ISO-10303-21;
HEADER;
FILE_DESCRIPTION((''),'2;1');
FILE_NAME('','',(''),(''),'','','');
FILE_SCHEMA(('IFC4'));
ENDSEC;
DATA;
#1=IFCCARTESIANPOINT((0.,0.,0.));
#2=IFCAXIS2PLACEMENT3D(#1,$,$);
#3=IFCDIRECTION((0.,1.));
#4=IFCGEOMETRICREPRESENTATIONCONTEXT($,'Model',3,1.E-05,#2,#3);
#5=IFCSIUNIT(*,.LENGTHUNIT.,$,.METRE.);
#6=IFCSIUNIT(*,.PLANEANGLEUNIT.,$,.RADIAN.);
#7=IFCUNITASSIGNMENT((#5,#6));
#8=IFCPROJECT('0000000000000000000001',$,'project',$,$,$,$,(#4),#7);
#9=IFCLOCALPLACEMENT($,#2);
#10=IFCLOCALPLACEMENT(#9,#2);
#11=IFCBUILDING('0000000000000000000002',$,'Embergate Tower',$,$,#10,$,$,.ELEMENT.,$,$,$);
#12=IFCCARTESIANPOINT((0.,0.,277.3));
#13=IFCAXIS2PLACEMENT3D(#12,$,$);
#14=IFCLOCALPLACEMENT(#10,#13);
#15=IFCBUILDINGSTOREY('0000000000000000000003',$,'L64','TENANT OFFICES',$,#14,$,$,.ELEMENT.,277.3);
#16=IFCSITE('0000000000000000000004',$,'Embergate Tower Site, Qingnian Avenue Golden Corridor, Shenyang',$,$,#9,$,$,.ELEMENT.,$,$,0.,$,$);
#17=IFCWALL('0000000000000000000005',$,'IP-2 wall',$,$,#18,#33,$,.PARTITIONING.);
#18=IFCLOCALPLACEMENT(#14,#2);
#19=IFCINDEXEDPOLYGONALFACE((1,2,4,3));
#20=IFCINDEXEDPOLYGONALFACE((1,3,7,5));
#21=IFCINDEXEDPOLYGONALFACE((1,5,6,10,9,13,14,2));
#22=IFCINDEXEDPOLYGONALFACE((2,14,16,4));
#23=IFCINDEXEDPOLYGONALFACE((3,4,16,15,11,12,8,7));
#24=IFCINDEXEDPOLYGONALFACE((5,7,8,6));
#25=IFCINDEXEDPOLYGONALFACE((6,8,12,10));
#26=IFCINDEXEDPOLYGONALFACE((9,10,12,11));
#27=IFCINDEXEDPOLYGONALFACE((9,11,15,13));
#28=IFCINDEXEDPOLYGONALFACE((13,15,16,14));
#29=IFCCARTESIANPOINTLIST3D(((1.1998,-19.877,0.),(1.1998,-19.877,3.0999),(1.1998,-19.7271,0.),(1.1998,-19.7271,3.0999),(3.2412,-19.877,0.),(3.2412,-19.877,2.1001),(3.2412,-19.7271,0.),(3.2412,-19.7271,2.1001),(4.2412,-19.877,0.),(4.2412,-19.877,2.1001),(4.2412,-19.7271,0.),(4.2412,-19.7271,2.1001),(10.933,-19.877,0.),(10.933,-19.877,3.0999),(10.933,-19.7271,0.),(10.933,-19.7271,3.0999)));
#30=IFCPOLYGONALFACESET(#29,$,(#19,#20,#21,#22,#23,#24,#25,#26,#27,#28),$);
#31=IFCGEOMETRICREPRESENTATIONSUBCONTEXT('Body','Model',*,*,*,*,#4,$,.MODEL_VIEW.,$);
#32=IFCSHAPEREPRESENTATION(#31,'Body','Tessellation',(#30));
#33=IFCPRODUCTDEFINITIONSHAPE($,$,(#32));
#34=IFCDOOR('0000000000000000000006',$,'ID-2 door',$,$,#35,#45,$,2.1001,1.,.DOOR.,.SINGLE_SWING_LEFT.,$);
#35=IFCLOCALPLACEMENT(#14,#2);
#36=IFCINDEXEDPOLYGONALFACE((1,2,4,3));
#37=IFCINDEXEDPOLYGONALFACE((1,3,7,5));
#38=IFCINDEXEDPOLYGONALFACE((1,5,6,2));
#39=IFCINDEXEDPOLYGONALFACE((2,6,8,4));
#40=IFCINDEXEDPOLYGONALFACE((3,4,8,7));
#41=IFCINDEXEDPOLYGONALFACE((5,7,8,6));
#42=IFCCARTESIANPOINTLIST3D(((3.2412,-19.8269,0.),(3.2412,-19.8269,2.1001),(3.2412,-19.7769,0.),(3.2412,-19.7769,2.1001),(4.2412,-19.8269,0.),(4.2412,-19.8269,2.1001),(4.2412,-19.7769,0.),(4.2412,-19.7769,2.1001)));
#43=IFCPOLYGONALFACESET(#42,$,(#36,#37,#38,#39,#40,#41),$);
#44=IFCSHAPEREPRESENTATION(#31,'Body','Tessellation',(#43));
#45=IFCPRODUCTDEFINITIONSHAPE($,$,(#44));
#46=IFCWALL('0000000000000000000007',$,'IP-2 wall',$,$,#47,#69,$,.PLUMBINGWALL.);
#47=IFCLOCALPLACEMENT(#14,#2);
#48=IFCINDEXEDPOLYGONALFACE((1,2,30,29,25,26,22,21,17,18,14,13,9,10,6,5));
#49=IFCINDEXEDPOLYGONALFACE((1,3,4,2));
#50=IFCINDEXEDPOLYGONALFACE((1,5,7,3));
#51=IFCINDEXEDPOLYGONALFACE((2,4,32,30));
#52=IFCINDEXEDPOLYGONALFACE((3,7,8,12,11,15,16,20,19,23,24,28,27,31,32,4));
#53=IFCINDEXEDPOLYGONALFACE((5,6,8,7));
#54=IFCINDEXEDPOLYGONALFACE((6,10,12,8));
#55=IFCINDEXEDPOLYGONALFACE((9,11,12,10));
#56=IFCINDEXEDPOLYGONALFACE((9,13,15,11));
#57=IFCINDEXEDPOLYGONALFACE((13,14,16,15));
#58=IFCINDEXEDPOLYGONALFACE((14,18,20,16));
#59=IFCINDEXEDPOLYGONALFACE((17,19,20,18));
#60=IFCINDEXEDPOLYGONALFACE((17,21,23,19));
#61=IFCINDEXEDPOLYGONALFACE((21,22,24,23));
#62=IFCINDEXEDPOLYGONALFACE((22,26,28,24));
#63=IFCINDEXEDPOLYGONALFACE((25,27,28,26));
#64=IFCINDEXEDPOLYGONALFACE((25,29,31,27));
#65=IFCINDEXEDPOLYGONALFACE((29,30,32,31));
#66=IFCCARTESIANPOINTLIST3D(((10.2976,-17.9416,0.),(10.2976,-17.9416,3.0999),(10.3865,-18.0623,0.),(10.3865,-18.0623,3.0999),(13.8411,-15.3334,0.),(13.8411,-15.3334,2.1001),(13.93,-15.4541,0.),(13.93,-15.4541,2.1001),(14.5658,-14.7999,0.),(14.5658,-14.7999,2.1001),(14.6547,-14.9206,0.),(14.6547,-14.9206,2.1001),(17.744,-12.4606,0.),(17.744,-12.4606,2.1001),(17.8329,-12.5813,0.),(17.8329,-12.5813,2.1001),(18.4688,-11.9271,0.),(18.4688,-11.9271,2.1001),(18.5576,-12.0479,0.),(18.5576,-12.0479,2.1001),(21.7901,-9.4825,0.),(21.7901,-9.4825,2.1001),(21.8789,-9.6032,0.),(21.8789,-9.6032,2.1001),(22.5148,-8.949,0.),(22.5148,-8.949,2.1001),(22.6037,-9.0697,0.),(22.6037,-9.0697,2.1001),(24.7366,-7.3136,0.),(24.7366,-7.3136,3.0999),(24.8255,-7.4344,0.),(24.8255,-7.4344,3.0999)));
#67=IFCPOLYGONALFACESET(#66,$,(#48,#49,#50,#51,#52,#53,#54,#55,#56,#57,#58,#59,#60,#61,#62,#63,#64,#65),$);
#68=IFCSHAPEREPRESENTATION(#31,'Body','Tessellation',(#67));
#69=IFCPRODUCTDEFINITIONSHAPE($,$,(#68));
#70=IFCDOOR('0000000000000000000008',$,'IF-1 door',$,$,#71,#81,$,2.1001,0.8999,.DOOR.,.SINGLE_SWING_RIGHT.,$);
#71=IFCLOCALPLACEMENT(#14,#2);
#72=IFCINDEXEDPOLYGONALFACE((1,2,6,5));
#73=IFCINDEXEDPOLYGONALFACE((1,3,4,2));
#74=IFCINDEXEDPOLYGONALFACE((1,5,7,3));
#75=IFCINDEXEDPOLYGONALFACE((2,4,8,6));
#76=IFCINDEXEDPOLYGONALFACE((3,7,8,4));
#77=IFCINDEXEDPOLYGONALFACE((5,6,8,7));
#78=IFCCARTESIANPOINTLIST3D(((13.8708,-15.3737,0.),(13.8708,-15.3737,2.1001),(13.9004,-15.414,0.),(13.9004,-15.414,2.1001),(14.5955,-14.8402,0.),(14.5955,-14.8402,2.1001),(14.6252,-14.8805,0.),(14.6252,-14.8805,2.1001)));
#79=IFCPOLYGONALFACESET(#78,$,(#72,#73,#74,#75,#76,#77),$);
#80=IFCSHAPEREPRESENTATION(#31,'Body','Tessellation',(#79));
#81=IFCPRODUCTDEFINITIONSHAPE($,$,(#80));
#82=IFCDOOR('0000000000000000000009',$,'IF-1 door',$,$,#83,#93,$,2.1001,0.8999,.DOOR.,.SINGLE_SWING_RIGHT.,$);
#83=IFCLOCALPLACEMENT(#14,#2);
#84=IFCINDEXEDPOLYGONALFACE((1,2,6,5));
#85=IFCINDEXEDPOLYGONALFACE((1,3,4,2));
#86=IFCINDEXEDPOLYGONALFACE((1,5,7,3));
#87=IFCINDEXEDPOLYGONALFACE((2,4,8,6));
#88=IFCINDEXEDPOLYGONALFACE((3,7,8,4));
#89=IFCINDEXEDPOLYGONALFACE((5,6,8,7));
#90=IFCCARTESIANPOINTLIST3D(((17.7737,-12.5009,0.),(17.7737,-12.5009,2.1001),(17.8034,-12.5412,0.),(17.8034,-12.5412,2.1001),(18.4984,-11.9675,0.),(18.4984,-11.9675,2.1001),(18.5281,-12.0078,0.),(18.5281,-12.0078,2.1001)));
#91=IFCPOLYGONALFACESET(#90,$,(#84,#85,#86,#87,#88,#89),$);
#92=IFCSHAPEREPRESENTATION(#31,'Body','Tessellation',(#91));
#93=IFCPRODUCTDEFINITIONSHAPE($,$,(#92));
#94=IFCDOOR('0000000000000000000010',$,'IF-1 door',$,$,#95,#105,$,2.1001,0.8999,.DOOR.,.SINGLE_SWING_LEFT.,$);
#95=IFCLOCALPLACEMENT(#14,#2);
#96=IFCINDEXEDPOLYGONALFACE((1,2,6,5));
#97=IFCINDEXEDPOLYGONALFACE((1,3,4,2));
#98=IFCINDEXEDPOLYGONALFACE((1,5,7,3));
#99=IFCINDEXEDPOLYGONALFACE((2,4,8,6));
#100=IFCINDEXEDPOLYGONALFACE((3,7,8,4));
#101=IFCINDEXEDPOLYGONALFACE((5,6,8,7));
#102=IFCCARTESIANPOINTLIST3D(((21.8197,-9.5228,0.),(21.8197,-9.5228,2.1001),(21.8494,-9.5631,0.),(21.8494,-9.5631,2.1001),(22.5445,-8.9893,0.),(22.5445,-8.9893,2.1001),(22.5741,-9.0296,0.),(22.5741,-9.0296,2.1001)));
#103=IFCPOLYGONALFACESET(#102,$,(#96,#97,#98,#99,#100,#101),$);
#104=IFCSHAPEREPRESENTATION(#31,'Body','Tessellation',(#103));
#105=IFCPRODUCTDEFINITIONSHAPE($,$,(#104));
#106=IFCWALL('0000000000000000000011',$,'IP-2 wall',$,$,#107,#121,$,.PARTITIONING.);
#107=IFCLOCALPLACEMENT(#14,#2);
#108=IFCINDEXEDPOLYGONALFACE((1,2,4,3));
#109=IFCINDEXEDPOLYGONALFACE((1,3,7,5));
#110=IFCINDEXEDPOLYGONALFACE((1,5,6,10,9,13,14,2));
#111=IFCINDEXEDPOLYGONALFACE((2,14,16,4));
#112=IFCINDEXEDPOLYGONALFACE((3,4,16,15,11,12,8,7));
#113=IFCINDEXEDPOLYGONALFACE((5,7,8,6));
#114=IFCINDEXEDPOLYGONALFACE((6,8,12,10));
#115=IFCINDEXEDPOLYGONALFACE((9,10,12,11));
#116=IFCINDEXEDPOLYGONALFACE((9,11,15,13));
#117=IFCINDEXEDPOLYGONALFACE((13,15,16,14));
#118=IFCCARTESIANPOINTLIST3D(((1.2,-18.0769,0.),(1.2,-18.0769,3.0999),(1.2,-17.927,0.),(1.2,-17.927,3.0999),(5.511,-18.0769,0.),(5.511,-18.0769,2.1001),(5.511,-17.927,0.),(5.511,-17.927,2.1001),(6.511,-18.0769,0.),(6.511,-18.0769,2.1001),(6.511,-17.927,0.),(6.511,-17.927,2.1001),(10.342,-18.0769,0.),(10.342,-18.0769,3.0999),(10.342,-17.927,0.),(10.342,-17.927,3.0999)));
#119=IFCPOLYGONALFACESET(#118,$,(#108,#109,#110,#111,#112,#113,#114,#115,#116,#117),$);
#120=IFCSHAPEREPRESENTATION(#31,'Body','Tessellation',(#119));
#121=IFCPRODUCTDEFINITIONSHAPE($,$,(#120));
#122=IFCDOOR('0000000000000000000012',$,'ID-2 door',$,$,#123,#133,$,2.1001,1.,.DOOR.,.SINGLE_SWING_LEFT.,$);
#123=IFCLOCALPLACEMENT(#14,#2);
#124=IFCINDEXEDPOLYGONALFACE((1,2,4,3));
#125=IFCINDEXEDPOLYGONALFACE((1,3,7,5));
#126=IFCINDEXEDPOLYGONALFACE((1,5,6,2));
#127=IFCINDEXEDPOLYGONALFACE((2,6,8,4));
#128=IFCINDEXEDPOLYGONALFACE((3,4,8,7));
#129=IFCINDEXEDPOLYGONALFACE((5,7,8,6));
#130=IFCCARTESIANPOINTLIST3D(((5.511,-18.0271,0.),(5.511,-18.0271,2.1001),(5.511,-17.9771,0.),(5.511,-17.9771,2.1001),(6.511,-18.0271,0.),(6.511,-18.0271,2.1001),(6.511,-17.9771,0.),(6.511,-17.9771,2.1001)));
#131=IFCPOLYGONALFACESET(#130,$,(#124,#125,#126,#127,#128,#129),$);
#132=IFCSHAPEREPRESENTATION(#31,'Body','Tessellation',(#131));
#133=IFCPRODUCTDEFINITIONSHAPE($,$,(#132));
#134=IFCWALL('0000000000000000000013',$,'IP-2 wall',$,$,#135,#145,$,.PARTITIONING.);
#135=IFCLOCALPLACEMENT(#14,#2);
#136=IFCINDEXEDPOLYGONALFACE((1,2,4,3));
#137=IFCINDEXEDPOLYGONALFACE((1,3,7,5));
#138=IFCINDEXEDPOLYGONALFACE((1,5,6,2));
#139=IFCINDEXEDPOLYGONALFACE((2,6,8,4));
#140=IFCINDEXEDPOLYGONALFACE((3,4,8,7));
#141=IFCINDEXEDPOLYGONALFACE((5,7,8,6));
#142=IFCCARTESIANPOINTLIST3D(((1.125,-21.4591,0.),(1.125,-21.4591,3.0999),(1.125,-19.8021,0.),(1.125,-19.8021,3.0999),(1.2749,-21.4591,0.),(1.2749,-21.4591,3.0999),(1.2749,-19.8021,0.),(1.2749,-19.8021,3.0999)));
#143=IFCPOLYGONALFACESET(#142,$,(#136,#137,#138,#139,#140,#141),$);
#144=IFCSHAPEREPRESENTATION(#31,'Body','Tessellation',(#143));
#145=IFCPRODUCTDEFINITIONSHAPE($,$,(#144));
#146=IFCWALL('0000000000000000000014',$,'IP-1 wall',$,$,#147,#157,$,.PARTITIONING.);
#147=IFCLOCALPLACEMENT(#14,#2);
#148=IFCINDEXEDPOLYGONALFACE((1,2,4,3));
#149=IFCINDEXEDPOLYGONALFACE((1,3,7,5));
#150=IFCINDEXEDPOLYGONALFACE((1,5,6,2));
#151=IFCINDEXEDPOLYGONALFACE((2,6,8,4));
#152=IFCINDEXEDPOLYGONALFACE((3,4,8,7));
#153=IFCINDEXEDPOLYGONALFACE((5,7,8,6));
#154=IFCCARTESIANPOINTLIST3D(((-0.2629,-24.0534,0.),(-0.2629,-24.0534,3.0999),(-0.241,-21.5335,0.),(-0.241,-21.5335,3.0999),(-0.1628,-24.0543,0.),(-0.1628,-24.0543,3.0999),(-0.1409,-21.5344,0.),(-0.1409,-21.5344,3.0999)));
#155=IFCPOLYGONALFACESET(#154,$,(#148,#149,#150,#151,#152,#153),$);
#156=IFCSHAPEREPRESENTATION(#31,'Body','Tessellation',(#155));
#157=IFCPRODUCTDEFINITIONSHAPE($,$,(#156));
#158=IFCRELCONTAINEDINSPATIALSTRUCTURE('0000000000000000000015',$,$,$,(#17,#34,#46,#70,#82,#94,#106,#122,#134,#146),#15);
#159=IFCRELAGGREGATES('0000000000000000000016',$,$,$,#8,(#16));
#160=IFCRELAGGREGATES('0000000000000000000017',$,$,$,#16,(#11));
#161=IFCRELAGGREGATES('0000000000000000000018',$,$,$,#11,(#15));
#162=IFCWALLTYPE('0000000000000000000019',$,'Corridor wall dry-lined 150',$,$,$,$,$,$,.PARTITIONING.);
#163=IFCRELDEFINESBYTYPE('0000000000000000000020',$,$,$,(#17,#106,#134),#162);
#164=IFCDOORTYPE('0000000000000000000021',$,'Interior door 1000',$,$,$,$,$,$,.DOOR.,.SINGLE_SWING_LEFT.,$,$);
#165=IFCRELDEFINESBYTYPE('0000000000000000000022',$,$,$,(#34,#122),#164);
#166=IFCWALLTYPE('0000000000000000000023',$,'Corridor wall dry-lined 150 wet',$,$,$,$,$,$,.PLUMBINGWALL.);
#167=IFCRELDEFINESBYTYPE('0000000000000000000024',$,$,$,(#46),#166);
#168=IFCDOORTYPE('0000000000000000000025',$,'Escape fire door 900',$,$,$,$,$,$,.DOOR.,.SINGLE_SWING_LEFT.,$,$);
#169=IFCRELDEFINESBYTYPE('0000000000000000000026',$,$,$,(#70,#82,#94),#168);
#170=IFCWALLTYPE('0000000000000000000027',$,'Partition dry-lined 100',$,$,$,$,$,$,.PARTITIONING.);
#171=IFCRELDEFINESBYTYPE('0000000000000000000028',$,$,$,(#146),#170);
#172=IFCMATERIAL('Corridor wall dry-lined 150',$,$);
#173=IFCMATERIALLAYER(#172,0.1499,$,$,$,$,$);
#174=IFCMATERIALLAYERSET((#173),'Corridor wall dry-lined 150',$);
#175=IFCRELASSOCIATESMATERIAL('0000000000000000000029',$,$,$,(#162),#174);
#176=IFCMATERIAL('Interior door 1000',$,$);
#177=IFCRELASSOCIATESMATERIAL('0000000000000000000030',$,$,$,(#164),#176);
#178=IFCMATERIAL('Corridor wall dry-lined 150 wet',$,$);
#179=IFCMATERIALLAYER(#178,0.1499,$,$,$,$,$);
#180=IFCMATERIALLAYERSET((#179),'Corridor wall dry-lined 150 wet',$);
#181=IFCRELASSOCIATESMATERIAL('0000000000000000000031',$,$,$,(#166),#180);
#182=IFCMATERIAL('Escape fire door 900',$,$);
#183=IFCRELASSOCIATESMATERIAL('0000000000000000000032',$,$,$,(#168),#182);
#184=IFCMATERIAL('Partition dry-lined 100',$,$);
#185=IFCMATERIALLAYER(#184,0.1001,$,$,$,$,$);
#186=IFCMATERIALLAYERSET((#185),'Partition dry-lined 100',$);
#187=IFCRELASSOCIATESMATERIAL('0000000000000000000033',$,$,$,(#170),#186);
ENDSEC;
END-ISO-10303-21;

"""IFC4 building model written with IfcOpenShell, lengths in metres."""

from ifc_helpers import new_model, si_unit, direction, frame, frame_2d, origin, place, context, subcontext, project, spatial, rectangle, extrude, source, transform, mapped, material, layer, layer_set, type_object, element, fill, save


model = new_model("IFC4")

# Units and contexts
model_context = context("Model", 3, precision=1e-05, world=origin(), true_north=direction((0.0, 1.0)))
body_context = subcontext(model_context, "Body", "Model", "MODEL_VIEW")
ifc_project = project(units=[si_unit("LENGTHUNIT", "METRE"), si_unit("PLANEANGLEUNIT", "RADIAN")], contexts=[model_context])

# Site, building, storey
site_placement = place(None, origin())
site = spatial("IfcSite", under=ifc_project, at=site_placement, Name="Embergate Tower Site, Qingnian Avenue Golden Corridor, Shenyang", CompositionType="ELEMENT", RefElevation=0.0)
building_placement = place(site_placement, origin())
building = spatial("IfcBuilding", under=site, at=building_placement, Name="Embergate Tower", CompositionType="ELEMENT")
storey_placement = place(building_placement, frame((0.0, 0.0, 277.3)))
storey = spatial("IfcBuildingStorey", under=building, at=storey_placement, Name="L64", Description="TENANT OFFICES", CompositionType="ELEMENT", Elevation=277.3)

# Shared definitions
ifc_material_1 = material(Name="Corridor wall dry-lined 150")
ifc_layer_1 = layer(ifc_material_1, 0.1499)
ifc_layer_set_1 = layer_set([ifc_layer_1], Name="Corridor wall dry-lined 150")
wall_type_1 = type_object("IfcWallType", Name="Corridor wall dry-lined 150", PredefinedType="PARTITIONING", material=ifc_layer_set_1)

# Wall, opening, door
shared_shape_1 = source(origin(), body_context, "Body", "SweptSolid", [
    extrude(rectangle(XDim=9.7332, YDim=0.1499, at=frame_2d((4.8667, 0.0))), origin(), (0.0, 0.0, 1.0), 3.0999),
])
wall_1_placement = place(storey_placement, frame((10.9331, -19.802, 0.0), z_axis=(0.0, 0.0, 1.0), x_axis=(-1.0, 0.0, 0.0)))
wall_1 = element("IfcWall", 1, at=wall_1_placement, inside=storey, type_object=wall_type_1, Name="IP-2 wall", PredefinedType="PARTITIONING", context=body_context, shape_type="MappedRepresentation", body=[
    mapped(shared_shape_1, transform((0.0, 0.0, 0.0))),
])
shared_shape_2 = source(origin(), body_context, "Body", "SweptSolid", [
    extrude(rectangle(XDim=1.0, YDim=2.1001, at=frame_2d((0.5, 1.05))), frame((0.0, 0.085, 0.0), z_axis=(0.0, -1.0, 0.0), x_axis=(1.0, 0.0, 0.0)), (0.0, 0.0, 1.0), 0.1699),
])
opening_1_placement = place(wall_1_placement, frame((6.6919, 0.0, 0.0)))
opening_1 = element("IfcOpeningElement", 2, at=opening_1_placement, cuts=wall_1, PredefinedType="OPENING", context=body_context, shape_type="MappedRepresentation", body=[
    mapped(shared_shape_2, transform((0.0, 0.0, 0.0))),
])
ifc_material_2 = material(Name="Interior door 1000")
door_type_1 = type_object("IfcDoorType", Name="Interior door 1000", OperationType="SINGLE_SWING_LEFT", PredefinedType="DOOR", material=ifc_material_2)
shared_shape_3 = source(origin(), body_context, "Body", "SweptSolid", [
    extrude(rectangle(XDim=1.0, YDim=2.1001, at=frame_2d((0.5, 1.05))), frame((0.0, 0.0249, 0.0), z_axis=(0.0, -1.0, 0.0), x_axis=(1.0, 0.0, 0.0)), (0.0, 0.0, 1.0), 0.05),
])
door_1_placement = place(opening_1_placement, origin())
door_1 = element("IfcDoor", 3, at=door_1_placement, inside=storey, type_object=door_type_1, Name="ID-2 door", OperationType="SINGLE_SWING_LEFT", OverallHeight=2.1001, OverallWidth=1.0, PredefinedType="DOOR", context=body_context, shape_type="MappedRepresentation", body=[
    mapped(shared_shape_3, transform((0.0, 0.0, 0.0))),
])
fill(opening_1, door_1)

# Wall, openings, doors
ifc_material_3 = material(Name="Corridor wall dry-lined 150 wet")
ifc_layer_2 = layer(ifc_material_3, 0.1499)
ifc_layer_set_2 = layer_set([ifc_layer_2], Name="Corridor wall dry-lined 150 wet")
wall_type_2 = type_object("IfcWallType", Name="Corridor wall dry-lined 150 wet", PredefinedType="PLUMBINGWALL", material=ifc_layer_set_2)
shared_shape_4 = source(origin(), body_context, "Body", "SweptSolid", [
    extrude(rectangle(XDim=17.9287, YDim=0.1499, at=frame_2d((8.9644, 0.0))), origin(), (0.0, 0.0, 1.0), 3.0999),
])
wall_2_placement = place(storey_placement, frame((10.342, -18.002, 0.0), z_axis=(0.0, 0.0, 1.0), x_axis=(0.805357, 0.59279, 0.0)))
wall_2 = element("IfcWall", 4, at=wall_2_placement, inside=storey, type_object=wall_type_2, Name="IP-2 wall", PredefinedType="PLUMBINGWALL", context=body_context, shape_type="MappedRepresentation", body=[
    mapped(shared_shape_4, transform((0.0, 0.0, 0.0))),
])
shared_shape_5 = source(origin(), body_context, "Body", "SweptSolid", [
    extrude(rectangle(XDim=0.8999, YDim=2.1001, at=frame_2d((0.45, 1.05))), frame((0.0, 0.085, 0.0), z_axis=(0.0, -1.0, 0.0), x_axis=(1.0, 0.0, 0.0)), (0.0, 0.0, 1.0), 0.1699),
])
opening_2_placement = place(wall_2_placement, frame((4.3999, 0.0, 0.0)))
opening_2 = element("IfcOpeningElement", 5, at=opening_2_placement, cuts=wall_2, PredefinedType="OPENING", context=body_context, shape_type="MappedRepresentation", body=[
    mapped(shared_shape_5, transform((0.0, 0.0, 0.0))),
])
opening_3_placement = place(wall_2_placement, frame((9.2461, 0.0, 0.0)))
opening_3 = element("IfcOpeningElement", 6, at=opening_3_placement, cuts=wall_2, PredefinedType="OPENING", context=body_context, shape_type="MappedRepresentation", body=[
    mapped(shared_shape_5, transform((0.0, 0.0, 0.0))),
])
opening_4_placement = place(wall_2_placement, frame((14.27, 0.0, 0.0)))
opening_4 = element("IfcOpeningElement", 7, at=opening_4_placement, cuts=wall_2, PredefinedType="OPENING", context=body_context, shape_type="MappedRepresentation", body=[
    mapped(shared_shape_5, transform((0.0, 0.0, 0.0))),
])
ifc_material_4 = material(Name="Escape fire door 900")
door_type_2 = type_object("IfcDoorType", Name="Escape fire door 900", OperationType="SINGLE_SWING_LEFT", PredefinedType="DOOR", material=ifc_material_4)
shared_shape_6 = source(origin(), body_context, "Body", "SweptSolid", [
    extrude(rectangle(XDim=0.8999, YDim=2.1001, at=frame_2d((0.45, 1.05))), frame((0.0, 0.0249, 0.0), z_axis=(0.0, -1.0, 0.0), x_axis=(1.0, 0.0, 0.0)), (0.0, 0.0, 1.0), 0.05),
])
door_2_placement = place(opening_2_placement, origin())
door_2 = element("IfcDoor", 8, at=door_2_placement, inside=storey, type_object=door_type_2, Name="IF-1 door", OperationType="SINGLE_SWING_RIGHT", OverallHeight=2.1001, OverallWidth=0.8999, PredefinedType="DOOR", context=body_context, shape_type="MappedRepresentation", body=[
    mapped(shared_shape_6, transform((0.0, 0.0, 0.0))),
])
fill(opening_2, door_2)
door_3_placement = place(opening_3_placement, origin())
door_3 = element("IfcDoor", 9, at=door_3_placement, inside=storey, type_object=door_type_2, Name="IF-1 door", OperationType="SINGLE_SWING_RIGHT", OverallHeight=2.1001, OverallWidth=0.8999, PredefinedType="DOOR", context=body_context, shape_type="MappedRepresentation", body=[
    mapped(shared_shape_6, transform((0.0, 0.0, 0.0))),
])
fill(opening_3, door_3)
door_4_placement = place(opening_4_placement, origin())
door_4 = element("IfcDoor", 10, at=door_4_placement, inside=storey, type_object=door_type_2, Name="IF-1 door", OperationType="SINGLE_SWING_LEFT", OverallHeight=2.1001, OverallWidth=0.8999, PredefinedType="DOOR", context=body_context, shape_type="MappedRepresentation", body=[
    mapped(shared_shape_6, transform((0.0, 0.0, 0.0))),
])
fill(opening_4, door_4)

# Wall, opening, door
shared_shape_7 = source(origin(), body_context, "Body", "SweptSolid", [
    extrude(rectangle(XDim=9.1421, YDim=0.1499, at=frame_2d((4.571, 0.0))), origin(), (0.0, 0.0, 1.0), 3.0999),
])
wall_3_placement = place(storey_placement, frame((1.2, -18.002, 0.0), z_axis=(0.0, 0.0, 1.0), x_axis=(1.0, 0.0, 0.0)))
wall_3 = element("IfcWall", 11, at=wall_3_placement, inside=storey, type_object=wall_type_1, Name="IP-2 wall", PredefinedType="PARTITIONING", context=body_context, shape_type="MappedRepresentation", body=[
    mapped(shared_shape_7, transform((0.0, 0.0, 0.0))),
])
opening_5_placement = place(wall_3_placement, frame((4.311, 0.0, 0.0)))
opening_5 = element("IfcOpeningElement", 12, at=opening_5_placement, cuts=wall_3, PredefinedType="OPENING", context=body_context, shape_type="MappedRepresentation", body=[
    mapped(shared_shape_2, transform((0.0, 0.0, 0.0))),
])
door_5_placement = place(opening_5_placement, origin())
door_5 = element("IfcDoor", 13, at=door_5_placement, inside=storey, type_object=door_type_1, Name="ID-2 door", OperationType="SINGLE_SWING_LEFT", OverallHeight=2.1001, OverallWidth=1.0, PredefinedType="DOOR", context=body_context, shape_type="MappedRepresentation", body=[
    mapped(shared_shape_3, transform((0.0, 0.0, 0.0))),
])
fill(opening_5, door_5)

# Walls
shared_shape_8 = source(origin(), body_context, "Body", "SweptSolid", [
    extrude(rectangle(XDim=1.657, YDim=0.1499, at=frame_2d((0.8286, 0.0))), origin(), (0.0, 0.0, 1.0), 3.0999),
])
wall_4_placement = place(storey_placement, frame((1.2, -19.802, 0.0), z_axis=(0.0, 0.0, 1.0), x_axis=(0.0, -1.0, 0.0)))
element("IfcWall", 14, at=wall_4_placement, inside=storey, type_object=wall_type_1, Name="IP-2 wall", PredefinedType="PARTITIONING", context=body_context, shape_type="MappedRepresentation", body=[
    mapped(shared_shape_8, transform((0.0, 0.0, 0.0))),
])
ifc_material_5 = material(Name="Partition dry-lined 100")
ifc_layer_3 = layer(ifc_material_5, 0.1001)
ifc_layer_set_3 = layer_set([ifc_layer_3], Name="Partition dry-lined 100")
wall_type_3 = type_object("IfcWallType", Name="Partition dry-lined 100", PredefinedType="PARTITIONING", material=ifc_layer_set_3)
shared_shape_9 = source(origin(), body_context, "Body", "SweptSolid", [
    extrude(rectangle(XDim=2.52, YDim=0.1001, at=frame_2d((1.26, 0.0))), origin(), (0.0, 0.0, 1.0), 3.0999),
])
wall_5_placement = place(storey_placement, frame((-0.1909, -21.5339, 0.0), z_axis=(0.0, 0.0, 1.0), x_axis=(-0.008719, -0.999962, 0.0)))
element("IfcWall", 15, at=wall_5_placement, inside=storey, type_object=wall_type_3, Name="IP-1 wall", PredefinedType="PARTITIONING", context=body_context, shape_type="MappedRepresentation", body=[
    mapped(shared_shape_9, transform((0.0, 0.0, 0.0))),
])

save(model, "model.ifc")
